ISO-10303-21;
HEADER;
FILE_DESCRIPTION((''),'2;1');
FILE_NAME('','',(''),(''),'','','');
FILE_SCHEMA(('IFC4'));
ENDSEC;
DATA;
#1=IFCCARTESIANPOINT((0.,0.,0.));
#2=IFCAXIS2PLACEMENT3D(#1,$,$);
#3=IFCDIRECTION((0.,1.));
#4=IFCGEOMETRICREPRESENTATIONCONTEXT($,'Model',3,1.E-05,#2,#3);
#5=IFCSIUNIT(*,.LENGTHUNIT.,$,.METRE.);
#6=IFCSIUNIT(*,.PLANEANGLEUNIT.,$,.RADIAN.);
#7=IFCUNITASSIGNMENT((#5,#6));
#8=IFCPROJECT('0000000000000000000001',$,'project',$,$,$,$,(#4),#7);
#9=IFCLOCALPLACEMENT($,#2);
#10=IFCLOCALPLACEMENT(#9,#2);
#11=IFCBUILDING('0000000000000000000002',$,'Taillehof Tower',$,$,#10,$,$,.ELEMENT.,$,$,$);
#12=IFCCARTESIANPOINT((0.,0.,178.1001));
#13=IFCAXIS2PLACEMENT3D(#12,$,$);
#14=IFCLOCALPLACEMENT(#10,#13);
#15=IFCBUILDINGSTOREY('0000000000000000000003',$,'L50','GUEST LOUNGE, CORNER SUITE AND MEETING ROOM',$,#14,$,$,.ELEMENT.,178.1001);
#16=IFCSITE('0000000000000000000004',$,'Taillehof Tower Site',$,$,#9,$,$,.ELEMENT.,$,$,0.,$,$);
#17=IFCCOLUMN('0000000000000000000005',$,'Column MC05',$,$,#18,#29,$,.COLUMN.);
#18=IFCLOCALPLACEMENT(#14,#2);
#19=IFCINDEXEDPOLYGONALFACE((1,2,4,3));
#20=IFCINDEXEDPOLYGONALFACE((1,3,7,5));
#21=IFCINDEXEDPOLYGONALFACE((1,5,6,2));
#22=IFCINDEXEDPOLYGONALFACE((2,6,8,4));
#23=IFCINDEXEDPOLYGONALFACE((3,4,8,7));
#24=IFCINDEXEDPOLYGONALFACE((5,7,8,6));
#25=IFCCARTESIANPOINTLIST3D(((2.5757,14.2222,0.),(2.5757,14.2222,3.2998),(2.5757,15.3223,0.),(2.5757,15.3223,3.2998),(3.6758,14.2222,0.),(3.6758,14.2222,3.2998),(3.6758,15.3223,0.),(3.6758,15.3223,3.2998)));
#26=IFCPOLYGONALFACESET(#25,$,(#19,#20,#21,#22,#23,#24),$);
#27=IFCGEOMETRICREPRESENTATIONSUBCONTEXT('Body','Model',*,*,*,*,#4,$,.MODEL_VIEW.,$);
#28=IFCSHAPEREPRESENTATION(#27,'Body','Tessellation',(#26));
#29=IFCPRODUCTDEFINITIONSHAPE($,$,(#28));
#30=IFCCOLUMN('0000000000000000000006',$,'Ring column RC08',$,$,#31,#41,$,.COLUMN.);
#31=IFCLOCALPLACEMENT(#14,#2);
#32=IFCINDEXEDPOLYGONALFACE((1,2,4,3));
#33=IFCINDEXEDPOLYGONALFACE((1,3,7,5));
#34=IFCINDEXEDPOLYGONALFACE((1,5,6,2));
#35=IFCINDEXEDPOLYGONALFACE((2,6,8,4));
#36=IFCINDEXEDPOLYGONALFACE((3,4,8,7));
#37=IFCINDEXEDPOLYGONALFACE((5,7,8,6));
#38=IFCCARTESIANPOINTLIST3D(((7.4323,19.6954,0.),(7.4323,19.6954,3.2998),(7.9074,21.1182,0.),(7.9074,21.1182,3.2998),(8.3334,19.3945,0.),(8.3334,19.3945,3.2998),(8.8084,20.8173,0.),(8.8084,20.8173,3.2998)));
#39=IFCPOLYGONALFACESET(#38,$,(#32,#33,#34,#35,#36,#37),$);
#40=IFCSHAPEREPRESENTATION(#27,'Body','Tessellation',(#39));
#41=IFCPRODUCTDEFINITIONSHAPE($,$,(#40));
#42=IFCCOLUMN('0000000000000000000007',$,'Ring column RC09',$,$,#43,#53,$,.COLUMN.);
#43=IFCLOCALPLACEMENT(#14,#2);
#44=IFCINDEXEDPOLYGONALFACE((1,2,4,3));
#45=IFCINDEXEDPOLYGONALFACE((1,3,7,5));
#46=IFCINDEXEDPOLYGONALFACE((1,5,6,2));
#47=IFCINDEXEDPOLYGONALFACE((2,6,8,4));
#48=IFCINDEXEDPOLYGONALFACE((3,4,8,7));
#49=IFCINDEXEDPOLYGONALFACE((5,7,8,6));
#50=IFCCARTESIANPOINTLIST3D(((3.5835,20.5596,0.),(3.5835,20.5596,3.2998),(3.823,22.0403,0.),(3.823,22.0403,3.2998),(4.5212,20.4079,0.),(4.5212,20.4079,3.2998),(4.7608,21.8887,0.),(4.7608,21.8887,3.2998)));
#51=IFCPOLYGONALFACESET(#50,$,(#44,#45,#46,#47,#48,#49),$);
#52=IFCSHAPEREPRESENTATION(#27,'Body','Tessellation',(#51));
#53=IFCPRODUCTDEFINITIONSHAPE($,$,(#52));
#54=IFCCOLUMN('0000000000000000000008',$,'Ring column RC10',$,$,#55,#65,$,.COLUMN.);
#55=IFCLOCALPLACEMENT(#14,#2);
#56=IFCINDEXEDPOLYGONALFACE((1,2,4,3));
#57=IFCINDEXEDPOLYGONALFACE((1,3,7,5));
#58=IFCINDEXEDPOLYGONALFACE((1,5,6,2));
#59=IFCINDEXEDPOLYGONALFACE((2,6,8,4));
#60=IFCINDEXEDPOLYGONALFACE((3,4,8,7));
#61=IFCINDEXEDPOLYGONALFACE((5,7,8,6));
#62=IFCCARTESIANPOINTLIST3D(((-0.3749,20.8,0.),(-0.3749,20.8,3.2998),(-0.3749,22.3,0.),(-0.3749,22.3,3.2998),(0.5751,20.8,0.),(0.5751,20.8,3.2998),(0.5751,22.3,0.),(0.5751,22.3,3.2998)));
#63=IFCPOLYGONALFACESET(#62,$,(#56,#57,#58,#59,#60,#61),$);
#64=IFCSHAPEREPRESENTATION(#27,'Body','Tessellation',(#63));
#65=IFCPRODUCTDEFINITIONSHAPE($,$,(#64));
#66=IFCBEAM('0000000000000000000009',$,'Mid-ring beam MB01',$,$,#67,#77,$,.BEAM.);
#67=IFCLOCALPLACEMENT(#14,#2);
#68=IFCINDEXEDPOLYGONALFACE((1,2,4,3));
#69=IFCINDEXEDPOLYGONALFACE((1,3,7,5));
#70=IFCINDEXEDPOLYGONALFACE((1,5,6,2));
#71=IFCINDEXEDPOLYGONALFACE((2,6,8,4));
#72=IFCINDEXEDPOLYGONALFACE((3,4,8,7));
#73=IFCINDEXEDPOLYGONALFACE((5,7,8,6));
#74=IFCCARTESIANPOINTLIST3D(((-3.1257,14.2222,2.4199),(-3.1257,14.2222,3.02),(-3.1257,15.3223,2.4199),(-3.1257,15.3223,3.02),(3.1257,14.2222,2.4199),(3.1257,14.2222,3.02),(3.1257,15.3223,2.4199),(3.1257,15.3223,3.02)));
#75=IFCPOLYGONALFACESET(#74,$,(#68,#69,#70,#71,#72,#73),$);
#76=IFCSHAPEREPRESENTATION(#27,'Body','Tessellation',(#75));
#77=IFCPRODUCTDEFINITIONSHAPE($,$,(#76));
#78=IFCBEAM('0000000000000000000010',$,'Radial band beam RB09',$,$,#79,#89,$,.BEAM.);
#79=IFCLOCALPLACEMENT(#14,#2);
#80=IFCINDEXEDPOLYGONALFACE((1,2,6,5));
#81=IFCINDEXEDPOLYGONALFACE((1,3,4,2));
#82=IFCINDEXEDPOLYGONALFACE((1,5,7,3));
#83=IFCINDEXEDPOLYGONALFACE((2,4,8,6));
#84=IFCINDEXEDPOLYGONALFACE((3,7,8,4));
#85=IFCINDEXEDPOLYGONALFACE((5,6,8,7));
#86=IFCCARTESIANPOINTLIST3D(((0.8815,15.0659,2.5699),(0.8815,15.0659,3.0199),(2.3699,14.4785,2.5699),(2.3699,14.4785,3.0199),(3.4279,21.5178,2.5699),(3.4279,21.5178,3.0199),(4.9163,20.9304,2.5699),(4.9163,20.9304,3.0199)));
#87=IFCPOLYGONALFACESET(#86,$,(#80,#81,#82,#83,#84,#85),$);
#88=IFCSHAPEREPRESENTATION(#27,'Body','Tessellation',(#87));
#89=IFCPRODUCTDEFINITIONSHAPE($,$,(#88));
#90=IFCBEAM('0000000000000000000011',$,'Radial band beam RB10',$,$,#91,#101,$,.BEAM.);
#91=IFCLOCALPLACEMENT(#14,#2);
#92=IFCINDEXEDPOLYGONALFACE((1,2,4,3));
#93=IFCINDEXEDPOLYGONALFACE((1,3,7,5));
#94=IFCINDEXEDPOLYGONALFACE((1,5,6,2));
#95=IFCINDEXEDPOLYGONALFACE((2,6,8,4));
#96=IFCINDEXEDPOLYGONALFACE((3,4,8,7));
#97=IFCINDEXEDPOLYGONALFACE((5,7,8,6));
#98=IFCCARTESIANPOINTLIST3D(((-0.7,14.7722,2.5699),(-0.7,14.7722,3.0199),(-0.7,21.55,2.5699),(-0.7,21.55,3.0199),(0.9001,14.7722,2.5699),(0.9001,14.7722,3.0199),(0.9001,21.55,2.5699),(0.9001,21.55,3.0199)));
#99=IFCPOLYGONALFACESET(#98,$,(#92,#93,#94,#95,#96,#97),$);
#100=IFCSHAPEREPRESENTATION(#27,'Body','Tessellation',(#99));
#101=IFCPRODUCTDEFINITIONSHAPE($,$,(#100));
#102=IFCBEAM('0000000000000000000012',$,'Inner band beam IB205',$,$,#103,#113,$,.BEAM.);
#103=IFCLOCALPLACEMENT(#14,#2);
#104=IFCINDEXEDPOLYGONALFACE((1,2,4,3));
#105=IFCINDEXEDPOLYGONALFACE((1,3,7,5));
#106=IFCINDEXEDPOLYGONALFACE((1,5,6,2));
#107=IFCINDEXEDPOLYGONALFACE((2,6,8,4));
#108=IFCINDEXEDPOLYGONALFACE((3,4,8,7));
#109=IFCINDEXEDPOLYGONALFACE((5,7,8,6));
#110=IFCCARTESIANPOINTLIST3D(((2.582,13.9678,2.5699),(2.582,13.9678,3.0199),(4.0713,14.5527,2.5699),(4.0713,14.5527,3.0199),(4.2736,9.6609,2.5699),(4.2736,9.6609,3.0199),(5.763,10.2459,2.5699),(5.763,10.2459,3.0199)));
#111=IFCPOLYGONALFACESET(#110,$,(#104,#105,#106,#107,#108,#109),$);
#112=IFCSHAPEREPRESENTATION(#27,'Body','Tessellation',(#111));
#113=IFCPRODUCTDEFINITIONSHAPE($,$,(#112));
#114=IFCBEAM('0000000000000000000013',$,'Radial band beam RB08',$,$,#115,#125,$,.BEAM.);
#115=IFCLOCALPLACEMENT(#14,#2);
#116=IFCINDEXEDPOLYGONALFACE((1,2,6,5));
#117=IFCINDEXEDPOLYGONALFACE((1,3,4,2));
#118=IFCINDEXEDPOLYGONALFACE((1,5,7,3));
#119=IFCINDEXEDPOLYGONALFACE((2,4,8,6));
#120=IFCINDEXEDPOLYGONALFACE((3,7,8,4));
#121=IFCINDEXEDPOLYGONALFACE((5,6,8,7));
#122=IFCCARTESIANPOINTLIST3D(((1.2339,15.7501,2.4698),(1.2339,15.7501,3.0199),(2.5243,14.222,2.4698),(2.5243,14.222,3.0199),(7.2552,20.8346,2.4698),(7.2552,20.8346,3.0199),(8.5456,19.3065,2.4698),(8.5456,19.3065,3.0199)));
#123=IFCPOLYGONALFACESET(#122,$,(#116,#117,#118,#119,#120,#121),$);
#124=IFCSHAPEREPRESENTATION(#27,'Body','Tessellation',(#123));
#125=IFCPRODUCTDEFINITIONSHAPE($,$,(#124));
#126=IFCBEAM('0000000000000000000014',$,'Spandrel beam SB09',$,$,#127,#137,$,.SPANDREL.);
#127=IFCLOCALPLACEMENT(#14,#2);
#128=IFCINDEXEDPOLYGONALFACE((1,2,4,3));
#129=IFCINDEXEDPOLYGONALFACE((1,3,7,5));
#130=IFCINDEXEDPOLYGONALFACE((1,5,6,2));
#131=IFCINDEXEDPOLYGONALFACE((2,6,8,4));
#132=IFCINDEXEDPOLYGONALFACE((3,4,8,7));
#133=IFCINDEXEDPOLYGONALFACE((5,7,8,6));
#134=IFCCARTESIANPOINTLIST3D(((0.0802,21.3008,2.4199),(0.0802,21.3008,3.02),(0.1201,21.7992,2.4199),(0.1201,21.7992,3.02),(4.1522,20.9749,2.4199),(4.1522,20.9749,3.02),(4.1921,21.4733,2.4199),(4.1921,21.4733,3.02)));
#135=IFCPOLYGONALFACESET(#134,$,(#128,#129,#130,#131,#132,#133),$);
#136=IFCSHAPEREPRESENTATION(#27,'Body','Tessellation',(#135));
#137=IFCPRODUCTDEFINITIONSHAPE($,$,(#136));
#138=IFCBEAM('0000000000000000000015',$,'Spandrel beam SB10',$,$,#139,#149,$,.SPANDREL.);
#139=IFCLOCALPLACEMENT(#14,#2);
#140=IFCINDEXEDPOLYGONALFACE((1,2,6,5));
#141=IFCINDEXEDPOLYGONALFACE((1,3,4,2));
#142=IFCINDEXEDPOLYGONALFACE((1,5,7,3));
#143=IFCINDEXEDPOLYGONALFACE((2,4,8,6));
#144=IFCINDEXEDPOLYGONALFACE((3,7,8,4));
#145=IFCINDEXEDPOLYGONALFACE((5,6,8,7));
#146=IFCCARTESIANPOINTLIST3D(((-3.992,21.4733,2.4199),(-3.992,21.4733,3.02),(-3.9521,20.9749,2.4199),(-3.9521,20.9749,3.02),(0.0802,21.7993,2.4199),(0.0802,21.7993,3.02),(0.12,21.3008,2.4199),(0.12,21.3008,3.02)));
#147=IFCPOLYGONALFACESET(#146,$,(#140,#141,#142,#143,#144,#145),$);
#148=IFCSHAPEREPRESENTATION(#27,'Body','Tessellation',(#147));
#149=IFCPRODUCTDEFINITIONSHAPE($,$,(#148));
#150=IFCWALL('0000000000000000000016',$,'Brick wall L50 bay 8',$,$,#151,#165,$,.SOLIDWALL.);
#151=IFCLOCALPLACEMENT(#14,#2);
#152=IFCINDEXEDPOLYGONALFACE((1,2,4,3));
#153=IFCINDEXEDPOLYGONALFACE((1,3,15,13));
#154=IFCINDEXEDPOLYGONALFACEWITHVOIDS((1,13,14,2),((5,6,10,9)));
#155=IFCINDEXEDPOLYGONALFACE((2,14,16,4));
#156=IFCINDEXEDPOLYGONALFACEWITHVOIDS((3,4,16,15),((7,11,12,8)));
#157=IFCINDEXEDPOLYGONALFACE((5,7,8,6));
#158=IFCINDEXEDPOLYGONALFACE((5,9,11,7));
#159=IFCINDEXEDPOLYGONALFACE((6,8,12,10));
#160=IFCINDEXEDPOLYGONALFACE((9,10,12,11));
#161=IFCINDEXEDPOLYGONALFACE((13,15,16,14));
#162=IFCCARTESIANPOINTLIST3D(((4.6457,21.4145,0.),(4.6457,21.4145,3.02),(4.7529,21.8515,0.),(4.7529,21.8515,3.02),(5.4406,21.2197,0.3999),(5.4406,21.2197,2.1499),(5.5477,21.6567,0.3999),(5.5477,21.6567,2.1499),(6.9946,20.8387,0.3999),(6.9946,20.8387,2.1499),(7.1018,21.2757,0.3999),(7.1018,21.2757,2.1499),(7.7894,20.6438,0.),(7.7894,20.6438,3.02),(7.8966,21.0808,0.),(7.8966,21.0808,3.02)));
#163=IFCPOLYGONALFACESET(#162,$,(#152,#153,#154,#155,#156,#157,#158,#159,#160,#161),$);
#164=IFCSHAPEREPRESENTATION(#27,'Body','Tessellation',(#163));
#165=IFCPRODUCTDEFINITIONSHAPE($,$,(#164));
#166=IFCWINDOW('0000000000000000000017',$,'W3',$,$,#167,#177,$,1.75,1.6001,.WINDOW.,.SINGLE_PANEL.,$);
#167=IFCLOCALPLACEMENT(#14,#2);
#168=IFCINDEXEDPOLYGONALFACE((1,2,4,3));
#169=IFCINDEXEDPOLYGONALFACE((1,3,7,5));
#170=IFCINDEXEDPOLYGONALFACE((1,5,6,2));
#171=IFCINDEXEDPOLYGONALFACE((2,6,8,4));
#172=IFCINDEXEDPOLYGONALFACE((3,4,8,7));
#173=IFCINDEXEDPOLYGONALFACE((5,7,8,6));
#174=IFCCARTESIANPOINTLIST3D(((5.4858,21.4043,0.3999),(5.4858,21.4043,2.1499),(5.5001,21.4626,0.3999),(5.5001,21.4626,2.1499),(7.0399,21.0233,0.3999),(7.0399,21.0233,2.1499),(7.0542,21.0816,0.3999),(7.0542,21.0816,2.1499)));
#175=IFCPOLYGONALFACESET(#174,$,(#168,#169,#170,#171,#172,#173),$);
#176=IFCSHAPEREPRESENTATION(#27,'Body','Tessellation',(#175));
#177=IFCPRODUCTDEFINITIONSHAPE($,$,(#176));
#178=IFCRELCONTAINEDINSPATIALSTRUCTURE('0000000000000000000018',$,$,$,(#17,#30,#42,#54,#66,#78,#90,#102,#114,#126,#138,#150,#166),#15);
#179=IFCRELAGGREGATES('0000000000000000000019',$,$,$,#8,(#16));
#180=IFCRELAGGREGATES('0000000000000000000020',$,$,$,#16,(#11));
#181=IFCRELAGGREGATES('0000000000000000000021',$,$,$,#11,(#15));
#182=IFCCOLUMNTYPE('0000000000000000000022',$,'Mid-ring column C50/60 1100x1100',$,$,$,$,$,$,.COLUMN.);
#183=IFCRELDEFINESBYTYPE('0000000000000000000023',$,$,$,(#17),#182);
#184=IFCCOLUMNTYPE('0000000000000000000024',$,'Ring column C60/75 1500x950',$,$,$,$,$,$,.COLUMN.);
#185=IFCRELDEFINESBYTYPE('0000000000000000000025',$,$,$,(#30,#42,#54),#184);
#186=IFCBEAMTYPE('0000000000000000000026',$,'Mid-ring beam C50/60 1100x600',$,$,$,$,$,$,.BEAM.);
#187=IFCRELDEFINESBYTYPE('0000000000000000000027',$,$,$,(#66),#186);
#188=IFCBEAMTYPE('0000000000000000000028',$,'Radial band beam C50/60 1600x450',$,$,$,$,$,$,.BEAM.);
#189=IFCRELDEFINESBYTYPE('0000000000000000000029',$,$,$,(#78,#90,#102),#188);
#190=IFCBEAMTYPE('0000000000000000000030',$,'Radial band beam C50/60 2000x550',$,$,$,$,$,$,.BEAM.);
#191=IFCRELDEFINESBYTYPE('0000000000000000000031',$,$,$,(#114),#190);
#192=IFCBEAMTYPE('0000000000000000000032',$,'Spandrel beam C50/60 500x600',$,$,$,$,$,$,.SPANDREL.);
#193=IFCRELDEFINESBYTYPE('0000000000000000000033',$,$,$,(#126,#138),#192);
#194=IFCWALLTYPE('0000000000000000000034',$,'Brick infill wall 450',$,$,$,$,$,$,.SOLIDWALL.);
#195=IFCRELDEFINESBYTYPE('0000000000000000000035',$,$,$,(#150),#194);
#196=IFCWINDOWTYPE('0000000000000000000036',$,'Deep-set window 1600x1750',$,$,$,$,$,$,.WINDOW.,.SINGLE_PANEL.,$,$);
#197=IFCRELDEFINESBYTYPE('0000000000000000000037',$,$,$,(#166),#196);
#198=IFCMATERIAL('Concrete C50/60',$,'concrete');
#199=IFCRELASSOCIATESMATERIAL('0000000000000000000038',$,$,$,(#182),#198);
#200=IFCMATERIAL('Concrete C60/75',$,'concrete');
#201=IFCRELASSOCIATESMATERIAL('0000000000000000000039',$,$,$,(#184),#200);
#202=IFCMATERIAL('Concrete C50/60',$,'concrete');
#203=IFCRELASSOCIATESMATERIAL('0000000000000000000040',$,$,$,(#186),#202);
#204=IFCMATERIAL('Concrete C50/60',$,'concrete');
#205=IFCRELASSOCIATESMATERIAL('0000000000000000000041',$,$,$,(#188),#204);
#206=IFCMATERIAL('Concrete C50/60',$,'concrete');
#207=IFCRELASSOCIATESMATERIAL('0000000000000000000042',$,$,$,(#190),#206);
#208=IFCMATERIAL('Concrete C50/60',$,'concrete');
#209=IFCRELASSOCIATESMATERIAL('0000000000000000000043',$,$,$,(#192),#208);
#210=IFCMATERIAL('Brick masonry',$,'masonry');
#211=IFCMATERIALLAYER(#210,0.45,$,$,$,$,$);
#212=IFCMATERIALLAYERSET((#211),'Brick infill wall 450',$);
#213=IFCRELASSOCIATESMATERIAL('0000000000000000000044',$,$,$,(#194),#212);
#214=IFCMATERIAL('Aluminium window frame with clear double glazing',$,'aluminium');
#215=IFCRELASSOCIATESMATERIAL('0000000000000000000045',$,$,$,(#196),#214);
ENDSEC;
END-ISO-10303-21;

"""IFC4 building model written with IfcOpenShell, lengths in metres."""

from ifc_helpers import new_model, si_unit, direction, frame, frame_2d, origin, origin_2d, place, context, subcontext, project, spatial, rectangle, extrude, material, layer, layer_set, material_profile, profile_set, type_object, element, fill, save


model = new_model("IFC4")

# Units and contexts
model_context = context("Model", 3, precision=1e-05, world=origin(), true_north=direction((0.0, 1.0)))
body_context = subcontext(model_context, "Body", "Model", "MODEL_VIEW")
ifc_project = project(units=[si_unit("LENGTHUNIT", "METRE"), si_unit("PLANEANGLEUNIT", "RADIAN")], contexts=[model_context])

# Site, building, storey
site_placement = place(None, origin())
site = spatial("IfcSite", under=ifc_project, at=site_placement, Name="Taillehof Tower Site", CompositionType="ELEMENT", RefElevation=0.0)
building_placement = place(site_placement, origin())
building = spatial("IfcBuilding", under=site, at=building_placement, Name="Taillehof Tower", CompositionType="ELEMENT")
storey_placement = place(building_placement, frame((0.0, 0.0, 178.1001)))
storey = spatial("IfcBuildingStorey", under=building, at=storey_placement, Name="L50", Description="GUEST LOUNGE, CORNER SUITE AND MEETING ROOM", CompositionType="ELEMENT", Elevation=178.1001)

# Columns
ifc_material_1 = material(Name="Concrete C50/60", Category="concrete")
ifc_material_profile_1 = material_profile(ifc_material_1, rectangle(XDim=1.1001, YDim=1.1001, at=origin_2d()), Name="RC 1100x1100")
ifc_profile_set_1 = profile_set([ifc_material_profile_1], Name="Concrete C50/60")
column_type_1 = type_object("IfcColumnType", Name="Mid-ring column C50/60 1100x1100", PredefinedType="COLUMN", material=ifc_profile_set_1)
column_placement = place(storey_placement, frame((3.1257, 14.7722, 0.0), z_axis=(0.0, 0.0, 1.0), x_axis=(1.0, 0.0, 0.0)))
element("IfcColumn", 1, at=column_placement, inside=storey, type_object=column_type_1, Name="Column MC05", PredefinedType="COLUMN", context=body_context, shape_type="SweptSolid", body=[
    extrude(rectangle(XDim=1.1001, YDim=1.1001, at=origin_2d()), origin(), (0.0, 0.0, 1.0), 3.2998),
])
ifc_material_2 = material(Name="Concrete C60/75", Category="concrete")
ifc_material_profile_2 = material_profile(ifc_material_2, rectangle(XDim=1.5, YDim=0.95, at=origin_2d()), Name="RC 1500x950")
ifc_profile_set_2 = profile_set([ifc_material_profile_2], Name="Concrete C60/75")
column_type_2 = type_object("IfcColumnType", Name="Ring column C60/75 1500x950", PredefinedType="COLUMN", material=ifc_profile_set_2)
for number, where, z_axis, x_axis, name in (
    (2, (8.1204, 20.2563, 0.0), (0.0, 0.0, 1.0), (0.316703, 0.948525, 0.0), "Ring column RC08"),
    (3, (4.1721, 21.2241, 0.0), (0.0, 0.0, 1.0), (0.159679, 0.987169, 0.0), "Ring column RC09"),
    (4, (0.1001, 21.55, 0.0), (0.0, 0.0, 1.0), (0.0, 1.0, 0.0), "Ring column RC10"),
):
    element("IfcColumn", number, at=place(storey_placement, frame(where, z_axis=z_axis, x_axis=x_axis)), inside=storey, type_object=column_type_2, Name=name, PredefinedType="COLUMN", context=body_context, shape_type="SweptSolid", body=[
        extrude(rectangle(XDim=1.5, YDim=0.95, at=origin_2d()), origin(), (0.0, 0.0, 1.0), 3.2998),
    ])

# Beams
ifc_material_3 = material(Name="Concrete C50/60", Category="concrete")
ifc_material_profile_3 = material_profile(ifc_material_3, rectangle(XDim=1.1001, YDim=0.6001, at=origin_2d()), Name="RC 1100x600")
ifc_profile_set_3 = profile_set([ifc_material_profile_3], Name="Concrete C50/60")
beam_type_1 = type_object("IfcBeamType", Name="Mid-ring beam C50/60 1100x600", PredefinedType="BEAM", material=ifc_profile_set_3)
beam_1_placement = place(storey_placement, frame((3.1257, 14.7722, 2.72), z_axis=(-1.0, 0.0, 0.0), x_axis=(0.0, -1.0, 0.0)))
element("IfcBeam", 5, at=beam_1_placement, inside=storey, type_object=beam_type_1, Name="Mid-ring beam MB01", PredefinedType="BEAM", context=body_context, shape_type="SweptSolid", body=[
    extrude(rectangle(XDim=1.1001, YDim=0.6001, at=origin_2d()), origin(), (0.0, 0.0, 1.0), 6.2515),
])
ifc_material_4 = material(Name="Concrete C50/60", Category="concrete")
ifc_material_profile_4 = material_profile(ifc_material_4, rectangle(XDim=1.6001, YDim=0.45, at=origin_2d()), Name="RC 1600x450")
ifc_profile_set_4 = profile_set([ifc_material_profile_4], Name="Concrete C50/60")
beam_type_2 = type_object("IfcBeamType", Name="Radial band beam C50/60 1600x450", PredefinedType="BEAM", material=ifc_profile_set_4)
beam_2_placement = place(storey_placement, frame((4.1721, 21.2241, 2.7949), z_axis=(-0.367114, -0.930176, 0.0), x_axis=(0.930176, -0.367114, 0.0)))
element("IfcBeam", 6, at=beam_2_placement, inside=storey, type_object=beam_type_2, Name="Radial band beam RB09", PredefinedType="BEAM", context=body_context, shape_type="SweptSolid", body=[
    extrude(rectangle(XDim=1.6001, YDim=0.45, at=origin_2d()), origin(), (0.0, 0.0, 1.0), 6.9363),
])
beam_3_placement = place(storey_placement, frame((0.1001, 21.55, 2.7949), z_axis=(0.0, -1.0, 0.0), x_axis=(1.0, 0.0, 0.0)))
element("IfcBeam", 7, at=beam_3_placement, inside=storey, type_object=beam_type_2, Name="Radial band beam RB10", PredefinedType="BEAM", context=body_context, shape_type="SweptSolid", body=[
    extrude(rectangle(XDim=1.6001, YDim=0.45, at=origin_2d()), origin(), (0.0, 0.0, 1.0), 6.7778),
])
beam_4_placement = place(storey_placement, frame((3.3267, 14.2603, 2.7949), z_axis=(0.365589, -0.930777, 0.0), x_axis=(0.930777, 0.365589, 0.0)))
element("IfcBeam", 8, at=beam_4_placement, inside=storey, type_object=beam_type_2, Name="Inner band beam IB205", PredefinedType="BEAM", context=body_context, shape_type="SweptSolid", body=[
    extrude(rectangle(XDim=1.6001, YDim=0.45, at=origin_2d()), origin(), (0.0, 0.0, 1.0), 4.6272),
])
ifc_material_5 = material(Name="Concrete C50/60", Category="concrete")
ifc_material_profile_5 = material_profile(ifc_material_5, rectangle(XDim=2.0, YDim=0.55, at=origin_2d()), Name="RC 2000x550")
ifc_profile_set_5 = profile_set([ifc_material_profile_5], Name="Concrete C50/60")
beam_type_3 = type_object("IfcBeamType", Name="Radial band beam C50/60 2000x550", PredefinedType="BEAM", material=ifc_profile_set_5)
beam_5_placement = place(storey_placement, frame((7.9004, 20.0706, 2.7449), z_axis=(-0.764038, -0.645171, 0.0), x_axis=(0.645171, -0.764038, 0.0)))
element("IfcBeam", 9, at=beam_5_placement, inside=storey, type_object=beam_type_3, Name="Radial band beam RB08", PredefinedType="BEAM", context=body_context, shape_type="SweptSolid", body=[
    extrude(rectangle(XDim=2.0, YDim=0.55, at=origin_2d()), origin(), (0.0, 0.0, 1.0), 7.8809),
])
ifc_material_6 = material(Name="Concrete C50/60", Category="concrete")
ifc_material_profile_6 = material_profile(ifc_material_6, rectangle(XDim=0.5, YDim=0.6001, at=origin_2d()), Name="RC 500x600")
ifc_profile_set_6 = profile_set([ifc_material_profile_6], Name="Concrete C50/60")
beam_type_4 = type_object("IfcBeamType", Name="Spandrel beam C50/60 500x600", PredefinedType="SPANDREL", material=ifc_profile_set_6)
beam_6_placement = place(storey_placement, frame((4.1721, 21.2241, 2.72), z_axis=(-0.996812, 0.079786, 0.0), x_axis=(-0.079786, -0.996812, 0.0)))
element("IfcBeam", 10, at=beam_6_placement, inside=storey, type_object=beam_type_4, Name="Spandrel beam SB09", PredefinedType="SPANDREL", context=body_context, shape_type="SweptSolid", body=[
    extrude(rectangle(XDim=0.5, YDim=0.6001, at=origin_2d()), origin(), (0.0, 0.0, 1.0), 4.085),
])
beam_7_placement = place(storey_placement, frame((0.1001, 21.55, 2.72), z_axis=(-0.996812, -0.079781, 0.0), x_axis=(0.079781, -0.996812, 0.0)))
element("IfcBeam", 11, at=beam_7_placement, inside=storey, type_object=beam_type_4, Name="Spandrel beam SB10", PredefinedType="SPANDREL", context=body_context, shape_type="SweptSolid", body=[
    extrude(rectangle(XDim=0.5, YDim=0.6001, at=origin_2d()), origin(), (0.0, 0.0, 1.0), 4.0852),
])

# Wall, opening, window
ifc_material_7 = material(Name="Brick masonry", Category="masonry")
ifc_layer_1 = layer(ifc_material_7, 0.45)
ifc_layer_set_1 = layer_set([ifc_layer_1], Name="Brick infill wall 450")
wall_type_1 = type_object("IfcWallType", Name="Brick infill wall 450", PredefinedType="SOLIDWALL", material=ifc_layer_set_1)
wall_1_placement = place(storey_placement, frame((7.843, 20.8623, 0.0), z_axis=(0.0, 0.0, 1.0), x_axis=(-0.971237, 0.238114, 0.0)))
wall_1 = element("IfcWall", 12, at=wall_1_placement, inside=storey, type_object=wall_type_1, Name="Brick wall L50 bay 8", PredefinedType="SOLIDWALL", context=body_context, shape_type="SweptSolid", body=[
    extrude(rectangle(XDim=3.2368, YDim=0.45, at=frame_2d((1.6184, 0.0))), origin(), (0.0, 0.0, 1.0), 3.02),
])
opening_1_placement = place(wall_1_placement, frame((0.8184, 0.0, 0.3999)))
opening_1 = element("IfcOpeningElement", 13, at=opening_1_placement, cuts=wall_1, PredefinedType="OPENING", context=body_context, shape_type="SweptSolid", body=[
    extrude(rectangle(XDim=1.6001, YDim=1.75, at=frame_2d((0.8, 0.875))), frame((0.0, 0.2349, 0.0), z_axis=(0.0, -1.0, 0.0), x_axis=(1.0, 0.0, 0.0)), (0.0, 0.0, 1.0), 0.47),
])
ifc_material_8 = material(Name="Aluminium window frame with clear double glazing", Category="aluminium")
window_type_1 = type_object("IfcWindowType", Name="Deep-set window 1600x1750", PartitioningType="SINGLE_PANEL", PredefinedType="WINDOW", material=ifc_material_8)
window_1_placement = place(opening_1_placement, origin())
window_1 = element("IfcWindow", 14, at=window_1_placement, inside=storey, type_object=window_type_1, Name="W3", OverallHeight=1.75, OverallWidth=1.6001, PartitioningType="SINGLE_PANEL", PredefinedType="WINDOW", context=body_context, shape_type="SweptSolid", body=[
    extrude(rectangle(XDim=1.6001, YDim=1.75, at=frame_2d((0.8, 0.875))), frame((0.0, 0.0349, 0.0), z_axis=(0.0, -1.0, 0.0), x_axis=(1.0, 0.0, 0.0)), (0.0, 0.0, 1.0), 0.0601),
])
fill(opening_1, window_1)

save(model, "model.ifc")
